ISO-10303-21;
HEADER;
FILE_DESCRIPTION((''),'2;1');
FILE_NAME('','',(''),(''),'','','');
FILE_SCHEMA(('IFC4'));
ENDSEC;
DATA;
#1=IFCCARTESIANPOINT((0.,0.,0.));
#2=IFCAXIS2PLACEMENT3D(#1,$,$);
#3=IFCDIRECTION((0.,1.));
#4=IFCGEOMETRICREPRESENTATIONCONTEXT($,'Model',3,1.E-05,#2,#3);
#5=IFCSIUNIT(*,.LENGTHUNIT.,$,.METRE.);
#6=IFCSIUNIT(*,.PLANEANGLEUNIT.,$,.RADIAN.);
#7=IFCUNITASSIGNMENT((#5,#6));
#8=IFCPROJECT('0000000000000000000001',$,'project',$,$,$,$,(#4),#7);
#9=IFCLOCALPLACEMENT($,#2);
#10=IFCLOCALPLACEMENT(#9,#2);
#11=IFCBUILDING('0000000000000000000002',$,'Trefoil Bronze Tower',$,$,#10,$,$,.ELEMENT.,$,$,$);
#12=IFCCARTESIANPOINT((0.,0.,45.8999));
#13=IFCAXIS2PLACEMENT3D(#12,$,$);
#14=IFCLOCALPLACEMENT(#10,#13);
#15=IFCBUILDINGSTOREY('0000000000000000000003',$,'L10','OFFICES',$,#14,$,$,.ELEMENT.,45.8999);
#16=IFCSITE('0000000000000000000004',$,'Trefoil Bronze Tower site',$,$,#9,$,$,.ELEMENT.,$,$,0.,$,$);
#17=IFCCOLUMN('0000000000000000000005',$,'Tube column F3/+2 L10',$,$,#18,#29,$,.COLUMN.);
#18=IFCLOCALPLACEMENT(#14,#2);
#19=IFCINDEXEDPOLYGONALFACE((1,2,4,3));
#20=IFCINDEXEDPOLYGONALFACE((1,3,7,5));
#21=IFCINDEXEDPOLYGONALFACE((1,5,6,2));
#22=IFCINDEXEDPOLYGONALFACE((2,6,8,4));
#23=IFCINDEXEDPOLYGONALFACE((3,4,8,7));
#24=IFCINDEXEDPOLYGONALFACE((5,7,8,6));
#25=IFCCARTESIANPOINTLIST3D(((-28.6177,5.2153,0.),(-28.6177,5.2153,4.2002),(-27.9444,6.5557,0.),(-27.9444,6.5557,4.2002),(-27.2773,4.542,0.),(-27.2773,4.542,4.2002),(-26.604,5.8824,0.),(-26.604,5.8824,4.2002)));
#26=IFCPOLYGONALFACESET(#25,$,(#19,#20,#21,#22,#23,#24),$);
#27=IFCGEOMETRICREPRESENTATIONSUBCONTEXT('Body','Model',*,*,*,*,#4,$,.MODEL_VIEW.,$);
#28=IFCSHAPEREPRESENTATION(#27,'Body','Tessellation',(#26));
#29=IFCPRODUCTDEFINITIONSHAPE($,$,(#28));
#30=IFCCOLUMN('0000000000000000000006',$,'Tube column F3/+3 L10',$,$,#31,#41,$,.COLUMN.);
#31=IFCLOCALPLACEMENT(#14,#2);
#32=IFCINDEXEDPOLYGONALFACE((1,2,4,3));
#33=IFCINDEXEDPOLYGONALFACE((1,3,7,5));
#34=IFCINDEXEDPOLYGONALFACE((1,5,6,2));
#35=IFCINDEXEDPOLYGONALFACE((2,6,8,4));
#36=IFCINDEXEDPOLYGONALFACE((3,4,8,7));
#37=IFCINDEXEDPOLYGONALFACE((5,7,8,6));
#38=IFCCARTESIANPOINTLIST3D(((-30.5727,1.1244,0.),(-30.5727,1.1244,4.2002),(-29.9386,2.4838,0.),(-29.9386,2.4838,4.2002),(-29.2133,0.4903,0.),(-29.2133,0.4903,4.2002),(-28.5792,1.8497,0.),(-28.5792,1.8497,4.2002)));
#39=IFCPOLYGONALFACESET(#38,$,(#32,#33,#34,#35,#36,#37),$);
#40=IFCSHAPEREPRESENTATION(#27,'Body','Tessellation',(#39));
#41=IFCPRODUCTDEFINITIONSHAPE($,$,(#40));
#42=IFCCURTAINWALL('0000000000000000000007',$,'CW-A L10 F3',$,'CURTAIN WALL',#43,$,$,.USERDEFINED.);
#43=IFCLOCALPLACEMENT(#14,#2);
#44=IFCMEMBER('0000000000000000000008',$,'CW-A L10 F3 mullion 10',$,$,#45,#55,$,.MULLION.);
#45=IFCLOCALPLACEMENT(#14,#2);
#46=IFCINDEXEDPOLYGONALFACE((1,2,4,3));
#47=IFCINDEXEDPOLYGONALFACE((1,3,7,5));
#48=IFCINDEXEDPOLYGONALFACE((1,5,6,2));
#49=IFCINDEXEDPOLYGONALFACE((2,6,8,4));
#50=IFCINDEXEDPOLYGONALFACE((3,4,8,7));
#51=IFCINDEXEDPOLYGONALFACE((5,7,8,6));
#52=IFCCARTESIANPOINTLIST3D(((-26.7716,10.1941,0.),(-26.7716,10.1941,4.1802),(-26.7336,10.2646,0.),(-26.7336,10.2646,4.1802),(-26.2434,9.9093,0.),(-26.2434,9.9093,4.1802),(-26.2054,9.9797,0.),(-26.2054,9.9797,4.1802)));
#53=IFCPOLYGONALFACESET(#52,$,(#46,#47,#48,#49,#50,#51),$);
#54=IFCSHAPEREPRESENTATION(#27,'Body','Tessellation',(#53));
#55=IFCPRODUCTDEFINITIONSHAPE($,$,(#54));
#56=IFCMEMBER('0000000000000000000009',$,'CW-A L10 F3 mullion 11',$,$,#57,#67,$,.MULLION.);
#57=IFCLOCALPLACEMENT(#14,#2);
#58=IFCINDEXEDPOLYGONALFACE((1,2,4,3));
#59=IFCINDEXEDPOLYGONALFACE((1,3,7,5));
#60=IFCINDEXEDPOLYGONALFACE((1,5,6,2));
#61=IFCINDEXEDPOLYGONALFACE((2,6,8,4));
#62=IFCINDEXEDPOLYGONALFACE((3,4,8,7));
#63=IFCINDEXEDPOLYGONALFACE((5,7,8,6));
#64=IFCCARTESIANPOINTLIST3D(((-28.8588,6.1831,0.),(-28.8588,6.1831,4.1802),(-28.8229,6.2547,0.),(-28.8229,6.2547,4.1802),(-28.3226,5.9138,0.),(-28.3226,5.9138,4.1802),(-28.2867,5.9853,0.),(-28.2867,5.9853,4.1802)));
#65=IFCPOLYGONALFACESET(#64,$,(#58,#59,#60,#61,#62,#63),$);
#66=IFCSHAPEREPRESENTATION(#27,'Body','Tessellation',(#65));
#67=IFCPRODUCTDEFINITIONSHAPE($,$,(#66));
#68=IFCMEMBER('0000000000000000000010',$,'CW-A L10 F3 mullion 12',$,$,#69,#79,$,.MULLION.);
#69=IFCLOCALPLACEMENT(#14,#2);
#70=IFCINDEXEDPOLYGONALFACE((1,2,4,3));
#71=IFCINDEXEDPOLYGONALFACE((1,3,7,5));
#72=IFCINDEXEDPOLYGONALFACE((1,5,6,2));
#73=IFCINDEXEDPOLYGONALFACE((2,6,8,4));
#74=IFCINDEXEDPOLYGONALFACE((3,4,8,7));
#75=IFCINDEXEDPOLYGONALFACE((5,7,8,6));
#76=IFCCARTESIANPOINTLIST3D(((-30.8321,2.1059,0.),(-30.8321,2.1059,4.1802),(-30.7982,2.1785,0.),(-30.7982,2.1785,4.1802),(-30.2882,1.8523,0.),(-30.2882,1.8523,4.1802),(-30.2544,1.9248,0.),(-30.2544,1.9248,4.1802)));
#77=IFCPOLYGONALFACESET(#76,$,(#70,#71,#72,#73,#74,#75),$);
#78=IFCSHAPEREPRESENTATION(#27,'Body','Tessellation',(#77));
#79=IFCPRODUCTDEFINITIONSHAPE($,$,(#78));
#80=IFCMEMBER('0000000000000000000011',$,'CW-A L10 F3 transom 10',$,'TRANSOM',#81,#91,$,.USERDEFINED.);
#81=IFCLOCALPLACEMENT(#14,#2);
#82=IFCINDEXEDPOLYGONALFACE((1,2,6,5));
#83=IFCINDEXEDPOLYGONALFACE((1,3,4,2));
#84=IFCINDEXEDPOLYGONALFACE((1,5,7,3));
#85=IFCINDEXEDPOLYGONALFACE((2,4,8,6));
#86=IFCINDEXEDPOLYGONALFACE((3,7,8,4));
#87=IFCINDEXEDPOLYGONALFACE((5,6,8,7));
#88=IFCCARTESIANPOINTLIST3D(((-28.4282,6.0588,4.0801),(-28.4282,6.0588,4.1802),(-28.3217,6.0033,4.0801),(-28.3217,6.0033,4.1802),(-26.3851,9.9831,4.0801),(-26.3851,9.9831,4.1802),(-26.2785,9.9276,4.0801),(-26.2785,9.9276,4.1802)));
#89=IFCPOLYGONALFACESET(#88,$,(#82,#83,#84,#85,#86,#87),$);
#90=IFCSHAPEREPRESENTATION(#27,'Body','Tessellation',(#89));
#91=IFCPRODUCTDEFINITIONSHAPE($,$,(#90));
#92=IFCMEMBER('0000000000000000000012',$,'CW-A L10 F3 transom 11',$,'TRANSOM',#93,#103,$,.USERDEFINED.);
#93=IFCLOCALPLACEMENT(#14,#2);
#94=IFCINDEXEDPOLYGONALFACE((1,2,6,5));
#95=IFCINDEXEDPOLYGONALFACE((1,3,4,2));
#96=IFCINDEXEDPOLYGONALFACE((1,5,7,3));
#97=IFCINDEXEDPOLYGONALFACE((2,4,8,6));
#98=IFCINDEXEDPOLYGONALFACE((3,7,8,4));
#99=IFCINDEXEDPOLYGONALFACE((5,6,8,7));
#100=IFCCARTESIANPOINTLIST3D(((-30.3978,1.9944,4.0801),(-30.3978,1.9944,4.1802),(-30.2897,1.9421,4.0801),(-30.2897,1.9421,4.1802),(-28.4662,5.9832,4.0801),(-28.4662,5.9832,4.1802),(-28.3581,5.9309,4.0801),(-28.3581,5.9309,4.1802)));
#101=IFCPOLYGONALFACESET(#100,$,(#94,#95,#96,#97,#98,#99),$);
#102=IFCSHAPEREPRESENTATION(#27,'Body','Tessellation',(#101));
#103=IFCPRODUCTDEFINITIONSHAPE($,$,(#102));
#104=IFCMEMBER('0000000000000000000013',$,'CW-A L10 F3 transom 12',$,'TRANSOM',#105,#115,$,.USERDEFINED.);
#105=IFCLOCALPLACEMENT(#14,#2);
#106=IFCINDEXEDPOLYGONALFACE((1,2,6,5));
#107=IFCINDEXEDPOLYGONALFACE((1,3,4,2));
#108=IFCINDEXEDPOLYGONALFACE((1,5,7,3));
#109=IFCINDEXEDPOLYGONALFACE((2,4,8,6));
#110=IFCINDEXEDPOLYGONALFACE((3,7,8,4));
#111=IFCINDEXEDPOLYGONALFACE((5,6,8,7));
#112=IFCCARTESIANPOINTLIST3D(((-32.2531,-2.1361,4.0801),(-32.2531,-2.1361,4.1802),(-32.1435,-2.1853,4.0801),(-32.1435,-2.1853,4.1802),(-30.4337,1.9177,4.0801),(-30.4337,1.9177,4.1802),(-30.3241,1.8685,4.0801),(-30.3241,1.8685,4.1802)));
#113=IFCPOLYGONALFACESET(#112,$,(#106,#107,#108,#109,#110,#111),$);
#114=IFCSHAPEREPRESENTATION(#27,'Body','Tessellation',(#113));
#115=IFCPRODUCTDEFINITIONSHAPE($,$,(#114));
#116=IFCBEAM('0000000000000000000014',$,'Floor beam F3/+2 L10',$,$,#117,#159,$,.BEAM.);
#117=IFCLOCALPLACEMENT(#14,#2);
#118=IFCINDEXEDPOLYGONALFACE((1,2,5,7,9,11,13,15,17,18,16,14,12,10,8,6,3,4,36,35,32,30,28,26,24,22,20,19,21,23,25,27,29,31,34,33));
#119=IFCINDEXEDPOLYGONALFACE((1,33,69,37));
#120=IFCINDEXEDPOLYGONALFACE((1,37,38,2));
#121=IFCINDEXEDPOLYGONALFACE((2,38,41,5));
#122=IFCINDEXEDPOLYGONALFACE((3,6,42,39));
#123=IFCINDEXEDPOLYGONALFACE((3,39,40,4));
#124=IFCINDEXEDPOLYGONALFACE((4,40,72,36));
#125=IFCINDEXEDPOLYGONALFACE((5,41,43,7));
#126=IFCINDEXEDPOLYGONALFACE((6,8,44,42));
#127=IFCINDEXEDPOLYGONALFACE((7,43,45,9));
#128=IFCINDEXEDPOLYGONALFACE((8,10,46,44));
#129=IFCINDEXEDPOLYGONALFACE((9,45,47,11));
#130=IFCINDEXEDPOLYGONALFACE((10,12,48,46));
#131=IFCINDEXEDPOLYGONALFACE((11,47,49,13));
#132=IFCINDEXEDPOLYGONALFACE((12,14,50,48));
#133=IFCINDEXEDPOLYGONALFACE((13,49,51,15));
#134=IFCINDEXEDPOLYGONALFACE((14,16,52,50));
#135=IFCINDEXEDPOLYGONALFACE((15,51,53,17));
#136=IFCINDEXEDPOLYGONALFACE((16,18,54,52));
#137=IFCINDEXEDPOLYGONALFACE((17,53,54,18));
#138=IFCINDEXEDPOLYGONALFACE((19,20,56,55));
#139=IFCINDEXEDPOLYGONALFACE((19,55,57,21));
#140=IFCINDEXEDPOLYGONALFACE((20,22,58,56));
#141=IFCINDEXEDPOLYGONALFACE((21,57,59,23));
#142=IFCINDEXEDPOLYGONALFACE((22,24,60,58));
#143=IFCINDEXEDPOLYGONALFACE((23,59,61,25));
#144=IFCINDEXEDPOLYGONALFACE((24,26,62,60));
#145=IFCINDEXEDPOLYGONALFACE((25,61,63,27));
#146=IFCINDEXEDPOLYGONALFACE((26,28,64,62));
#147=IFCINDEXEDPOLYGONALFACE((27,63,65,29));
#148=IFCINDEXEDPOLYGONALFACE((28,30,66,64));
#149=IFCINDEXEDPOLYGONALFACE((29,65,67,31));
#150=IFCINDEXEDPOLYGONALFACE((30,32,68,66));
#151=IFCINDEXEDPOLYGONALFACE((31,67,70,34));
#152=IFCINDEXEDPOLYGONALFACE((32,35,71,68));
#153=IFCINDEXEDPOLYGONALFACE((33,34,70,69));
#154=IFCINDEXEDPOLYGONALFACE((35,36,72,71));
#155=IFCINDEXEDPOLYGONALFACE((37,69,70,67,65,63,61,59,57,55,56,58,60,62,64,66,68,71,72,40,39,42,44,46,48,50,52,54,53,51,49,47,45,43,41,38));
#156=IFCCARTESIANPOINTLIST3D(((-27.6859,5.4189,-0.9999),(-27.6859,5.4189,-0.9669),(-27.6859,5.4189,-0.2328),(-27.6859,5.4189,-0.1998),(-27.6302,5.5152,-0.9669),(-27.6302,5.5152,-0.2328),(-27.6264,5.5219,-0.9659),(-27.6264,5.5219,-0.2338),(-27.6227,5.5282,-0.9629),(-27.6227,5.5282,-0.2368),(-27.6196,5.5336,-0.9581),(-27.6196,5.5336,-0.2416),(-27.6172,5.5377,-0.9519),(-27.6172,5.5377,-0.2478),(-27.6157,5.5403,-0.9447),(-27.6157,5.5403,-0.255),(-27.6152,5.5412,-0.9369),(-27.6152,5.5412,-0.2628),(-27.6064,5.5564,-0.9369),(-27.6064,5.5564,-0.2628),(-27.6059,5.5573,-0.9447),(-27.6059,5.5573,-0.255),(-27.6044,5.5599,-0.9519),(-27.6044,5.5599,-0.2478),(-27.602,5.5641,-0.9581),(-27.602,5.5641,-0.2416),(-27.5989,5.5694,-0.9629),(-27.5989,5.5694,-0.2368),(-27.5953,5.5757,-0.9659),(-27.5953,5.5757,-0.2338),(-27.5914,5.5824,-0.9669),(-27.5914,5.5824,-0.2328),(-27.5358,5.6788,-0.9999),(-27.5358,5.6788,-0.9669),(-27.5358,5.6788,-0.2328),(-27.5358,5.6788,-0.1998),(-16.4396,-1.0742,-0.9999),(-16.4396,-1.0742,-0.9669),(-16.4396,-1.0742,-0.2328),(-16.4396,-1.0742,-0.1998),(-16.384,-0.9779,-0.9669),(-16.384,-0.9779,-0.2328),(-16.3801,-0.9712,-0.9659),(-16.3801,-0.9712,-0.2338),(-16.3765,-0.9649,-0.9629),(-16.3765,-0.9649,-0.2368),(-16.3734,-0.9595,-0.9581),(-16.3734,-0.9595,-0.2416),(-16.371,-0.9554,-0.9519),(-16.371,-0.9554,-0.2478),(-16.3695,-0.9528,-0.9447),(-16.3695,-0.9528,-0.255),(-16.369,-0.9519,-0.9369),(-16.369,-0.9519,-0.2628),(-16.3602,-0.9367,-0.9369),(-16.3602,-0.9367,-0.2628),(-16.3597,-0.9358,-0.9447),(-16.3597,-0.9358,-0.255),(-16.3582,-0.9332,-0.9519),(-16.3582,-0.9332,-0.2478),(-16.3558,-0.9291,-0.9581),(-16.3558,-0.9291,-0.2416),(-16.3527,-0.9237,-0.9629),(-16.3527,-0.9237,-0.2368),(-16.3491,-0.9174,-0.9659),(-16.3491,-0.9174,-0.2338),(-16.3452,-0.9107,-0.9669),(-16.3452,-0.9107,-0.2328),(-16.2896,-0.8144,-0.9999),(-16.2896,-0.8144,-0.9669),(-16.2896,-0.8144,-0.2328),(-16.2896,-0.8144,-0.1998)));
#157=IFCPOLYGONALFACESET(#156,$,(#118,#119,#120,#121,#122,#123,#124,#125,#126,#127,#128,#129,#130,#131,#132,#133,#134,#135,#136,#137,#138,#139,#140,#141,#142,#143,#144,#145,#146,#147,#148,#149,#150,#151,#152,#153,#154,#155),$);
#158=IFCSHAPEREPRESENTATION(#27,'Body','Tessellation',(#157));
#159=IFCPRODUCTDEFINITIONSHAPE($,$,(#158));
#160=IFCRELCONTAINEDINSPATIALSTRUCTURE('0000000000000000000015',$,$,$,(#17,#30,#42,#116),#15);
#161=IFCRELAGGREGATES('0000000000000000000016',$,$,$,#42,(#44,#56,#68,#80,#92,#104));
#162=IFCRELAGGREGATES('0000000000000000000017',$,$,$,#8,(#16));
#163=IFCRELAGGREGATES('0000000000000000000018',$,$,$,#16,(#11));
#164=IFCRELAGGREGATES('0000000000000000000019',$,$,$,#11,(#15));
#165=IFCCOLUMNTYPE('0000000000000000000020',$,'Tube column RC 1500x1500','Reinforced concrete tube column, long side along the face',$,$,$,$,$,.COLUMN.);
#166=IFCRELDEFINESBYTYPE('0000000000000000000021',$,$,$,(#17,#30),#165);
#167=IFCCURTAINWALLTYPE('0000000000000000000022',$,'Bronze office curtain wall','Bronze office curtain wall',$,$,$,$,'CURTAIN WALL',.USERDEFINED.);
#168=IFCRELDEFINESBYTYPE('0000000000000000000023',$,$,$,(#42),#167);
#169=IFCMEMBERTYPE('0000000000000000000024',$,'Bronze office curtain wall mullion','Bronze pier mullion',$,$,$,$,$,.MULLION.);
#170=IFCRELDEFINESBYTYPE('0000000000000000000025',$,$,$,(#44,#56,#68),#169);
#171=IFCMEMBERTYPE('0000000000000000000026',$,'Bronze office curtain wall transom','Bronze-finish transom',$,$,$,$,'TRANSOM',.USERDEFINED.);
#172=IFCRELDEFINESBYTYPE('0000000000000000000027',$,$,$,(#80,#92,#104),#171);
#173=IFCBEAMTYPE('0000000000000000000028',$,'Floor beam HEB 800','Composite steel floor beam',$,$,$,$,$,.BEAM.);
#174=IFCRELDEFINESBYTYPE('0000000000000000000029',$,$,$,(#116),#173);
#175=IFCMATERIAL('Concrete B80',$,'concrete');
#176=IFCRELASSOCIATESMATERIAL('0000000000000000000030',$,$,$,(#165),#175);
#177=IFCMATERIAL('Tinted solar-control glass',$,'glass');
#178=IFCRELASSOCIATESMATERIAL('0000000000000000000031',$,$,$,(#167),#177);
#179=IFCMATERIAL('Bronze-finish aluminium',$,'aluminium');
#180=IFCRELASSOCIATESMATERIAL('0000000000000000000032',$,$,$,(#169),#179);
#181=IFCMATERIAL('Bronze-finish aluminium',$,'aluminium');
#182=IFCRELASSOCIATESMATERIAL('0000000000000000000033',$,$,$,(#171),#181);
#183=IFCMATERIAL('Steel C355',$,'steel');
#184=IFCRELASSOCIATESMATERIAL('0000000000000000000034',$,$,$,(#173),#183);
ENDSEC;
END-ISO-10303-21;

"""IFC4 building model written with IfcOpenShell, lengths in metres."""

from ifc_helpers import new_model, si_unit, direction, frame, origin, origin_2d, place, context, subcontext, project, spatial, rectangle, i_section, extrude, material, material_profile, profile_set, type_object, element, aggregate, save


model = new_model("IFC4")

# Units and contexts
model_context = context("Model", 3, precision=1e-05, world=origin(), true_north=direction((0.0, 1.0)))
body_context = subcontext(model_context, "Body", "Model", "MODEL_VIEW")
ifc_project = project(units=[si_unit("LENGTHUNIT", "METRE"), si_unit("PLANEANGLEUNIT", "RADIAN")], contexts=[model_context])

# Site, building, storey
site_placement = place(None, origin())
site = spatial("IfcSite", under=ifc_project, at=site_placement, Name="Trefoil Bronze Tower site", CompositionType="ELEMENT", RefElevation=0.0)
building_placement = place(site_placement, origin())
building = spatial("IfcBuilding", under=site, at=building_placement, Name="Trefoil Bronze Tower", CompositionType="ELEMENT")
storey_placement = place(building_placement, frame((0.0, 0.0, 45.8999)))
storey = spatial("IfcBuildingStorey", under=building, at=storey_placement, Name="L10", Description="OFFICES", CompositionType="ELEMENT", Elevation=45.8999)

# Columns
ifc_material_1 = material(Name="Concrete B80", Category="concrete")
ifc_material_profile_1 = material_profile(ifc_material_1, rectangle(XDim=1.5, YDim=1.5, at=origin_2d()), Name="RC 1500x1500")
ifc_profile_set_1 = profile_set([ifc_material_profile_1], Name="Concrete B80")
column_type = type_object("IfcColumnType", Name="Tube column RC 1500x1500", Description="Reinforced concrete tube column, long side along the face", PredefinedType="COLUMN", material=ifc_profile_set_1)
for number, where, z_axis, x_axis, name in (
    (1, (-27.6108, 5.5488, 0.0), (0.0, 0.0, 1.0), (-0.44889, -0.893587, 0.0), "Tube column F3/+2 L10"),
    (2, (-29.5759, 1.4871, 0.0), (0.0, 0.0, 1.0), (-0.422701, -0.906269, 0.0), "Tube column F3/+3 L10"),
):
    element("IfcColumn", number, at=place(storey_placement, frame(where, z_axis=z_axis, x_axis=x_axis)), inside=storey, type_object=column_type, Name=name, PredefinedType="COLUMN", context=body_context, shape_type="SweptSolid", body=[
        extrude(rectangle(XDim=1.5, YDim=1.5, at=origin_2d()), origin(), (0.0, 0.0, 1.0), 4.2002),
    ])

# Curtain wall, members
ifc_material_2 = material(Name="Tinted solar-control glass", Category="glass")
curtain_wall_type = type_object("IfcCurtainWallType", Name="Bronze office curtain wall", Description="Bronze office curtain wall", ElementType="CURTAIN WALL", PredefinedType="USERDEFINED", material=ifc_material_2)
curtain_wall_placement = place(storey_placement, origin())
curtain_wall = element("IfcCurtainWall", 3, at=curtain_wall_placement, inside=storey, type_object=curtain_wall_type, Name="CW-A L10 F3", ObjectType="CURTAIN WALL", PredefinedType="USERDEFINED")
ifc_material_3 = material(Name="Bronze-finish aluminium", Category="aluminium")
ifc_material_profile_2 = material_profile(ifc_material_3, rectangle(XDim=0.6001, YDim=0.0801, at=origin_2d()), Name="CW-A mullion")
ifc_profile_set_2 = profile_set([ifc_material_profile_2], Name="Bronze-finish aluminium")
member_type_1 = type_object("IfcMemberType", Name="Bronze office curtain wall mullion", Description="Bronze pier mullion", PredefinedType="MULLION", material=ifc_profile_set_2)
member_1_placement = place(storey_placement, frame((-26.4885, 10.0869, 0.0), z_axis=(0.0, 0.0, 1.0), x_axis=(0.880171, -0.474656, 0.0)))
member_1 = element("IfcMember", 4, at=member_1_placement, type_object=member_type_1, Name="CW-A L10 F3 mullion 10", PredefinedType="MULLION", context=body_context, shape_type="SweptSolid", body=[
    extrude(rectangle(XDim=0.6001, YDim=0.0801, at=origin_2d()), origin(), (0.0, 0.0, 1.0), 4.1802),
])
member_2_placement = place(storey_placement, frame((-28.5728, 6.0842, 0.0), z_axis=(0.0, 0.0, 1.0), x_axis=(0.893587, -0.44889, 0.0)))
member_2 = element("IfcMember", 5, at=member_2_placement, type_object=member_type_1, Name="CW-A L10 F3 mullion 11", PredefinedType="MULLION", context=body_context, shape_type="SweptSolid", body=[
    extrude(rectangle(XDim=0.6001, YDim=0.0801, at=origin_2d()), origin(), (0.0, 0.0, 1.0), 4.1802),
])
member_3_placement = place(storey_placement, frame((-30.5432, 2.0154, 0.0), z_axis=(0.0, 0.0, 1.0), x_axis=(0.906269, -0.422701, 0.0)))
member_3 = element("IfcMember", 6, at=member_3_placement, type_object=member_type_1, Name="CW-A L10 F3 mullion 12", PredefinedType="MULLION", context=body_context, shape_type="SweptSolid", body=[
    extrude(rectangle(XDim=0.6001, YDim=0.0801, at=origin_2d()), origin(), (0.0, 0.0, 1.0), 4.1802),
])
ifc_material_4 = material(Name="Bronze-finish aluminium", Category="aluminium")
ifc_material_profile_3 = material_profile(ifc_material_4, rectangle(XDim=0.1201, YDim=0.1001, at=origin_2d()), Name="CW-A transom")
ifc_profile_set_3 = profile_set([ifc_material_profile_3], Name="Bronze-finish aluminium")
member_type_2 = type_object("IfcMemberType", Name="Bronze office curtain wall transom", Description="Bronze-finish transom", ElementType="TRANSOM", PredefinedType="USERDEFINED", material=ifc_profile_set_3)
member_4_placement = place(storey_placement, frame((-26.3318, 9.9553, 4.1301), z_axis=(-0.46181, -0.886979, 0.0), x_axis=(0.886979, -0.46181, 0.0)))
member_4 = element("IfcMember", 7, at=member_4_placement, type_object=member_type_2, Name="CW-A L10 F3 transom 10", ObjectType="TRANSOM", PredefinedType="USERDEFINED", context=body_context, shape_type="SweptSolid", body=[
    extrude(rectangle(XDim=0.1201, YDim=0.1001, at=origin_2d()), origin(), (0.0, 0.0, 1.0), 4.4243),
])
member_5_placement = place(storey_placement, frame((-28.4121, 5.957, 4.1301), z_axis=(-0.435852, -0.900018, 0.0), x_axis=(0.900018, -0.435852, 0.0)))
member_5 = element("IfcMember", 8, at=member_5_placement, type_object=member_type_2, Name="CW-A L10 F3 transom 11", ObjectType="TRANSOM", PredefinedType="USERDEFINED", context=body_context, shape_type="SweptSolid", body=[
    extrude(rectangle(XDim=0.1201, YDim=0.1001, at=origin_2d()), origin(), (0.0, 0.0, 1.0), 4.4319),
])
member_6_placement = place(storey_placement, frame((-30.3789, 1.8931, 4.1301), z_axis=(-0.40946, -0.912328, 0.0), x_axis=(0.912328, -0.40946, 0.0)))
member_6 = element("IfcMember", 9, at=member_6_placement, type_object=member_type_2, Name="CW-A L10 F3 transom 12", ObjectType="TRANSOM", PredefinedType="USERDEFINED", context=body_context, shape_type="SweptSolid", body=[
    extrude(rectangle(XDim=0.1201, YDim=0.1001, at=origin_2d()), origin(), (0.0, 0.0, 1.0), 4.4434),
])

# Beam
ifc_material_5 = material(Name="Steel C355", Category="steel")
ifc_material_profile_4 = material_profile(ifc_material_5, i_section(OverallWidth=0.3, OverallDepth=0.8, WebThickness=0.0176, FlangeThickness=0.033, FilletRadius=0.03, at=origin_2d()), Name="HEB 800")
ifc_profile_set_4 = profile_set([ifc_material_profile_4], Name="Steel C355")
beam_type_1 = type_object("IfcBeamType", Name="Floor beam HEB 800", Description="Composite steel floor beam", PredefinedType="BEAM", material=ifc_profile_set_4)
beam_1_placement = place(storey_placement, frame((-27.6108, 5.5488, -0.5999), z_axis=(0.866022, -0.500005, 0.0), x_axis=(0.500005, 0.866022, 0.0)))
element("IfcBeam", 10, at=beam_1_placement, inside=storey, type_object=beam_type_1, Name="Floor beam F3/+2 L10", PredefinedType="BEAM", context=body_context, shape_type="SweptSolid", body=[
    extrude(i_section(OverallWidth=0.3, OverallDepth=0.8, WebThickness=0.0176, FlangeThickness=0.033, FilletRadius=0.03, at=origin_2d()), origin(), (0.0, 0.0, 1.0), 12.9861),
])

aggregate(curtain_wall, [member_1, member_2, member_3, member_4, member_5, member_6])

save(model, "model.ifc")
